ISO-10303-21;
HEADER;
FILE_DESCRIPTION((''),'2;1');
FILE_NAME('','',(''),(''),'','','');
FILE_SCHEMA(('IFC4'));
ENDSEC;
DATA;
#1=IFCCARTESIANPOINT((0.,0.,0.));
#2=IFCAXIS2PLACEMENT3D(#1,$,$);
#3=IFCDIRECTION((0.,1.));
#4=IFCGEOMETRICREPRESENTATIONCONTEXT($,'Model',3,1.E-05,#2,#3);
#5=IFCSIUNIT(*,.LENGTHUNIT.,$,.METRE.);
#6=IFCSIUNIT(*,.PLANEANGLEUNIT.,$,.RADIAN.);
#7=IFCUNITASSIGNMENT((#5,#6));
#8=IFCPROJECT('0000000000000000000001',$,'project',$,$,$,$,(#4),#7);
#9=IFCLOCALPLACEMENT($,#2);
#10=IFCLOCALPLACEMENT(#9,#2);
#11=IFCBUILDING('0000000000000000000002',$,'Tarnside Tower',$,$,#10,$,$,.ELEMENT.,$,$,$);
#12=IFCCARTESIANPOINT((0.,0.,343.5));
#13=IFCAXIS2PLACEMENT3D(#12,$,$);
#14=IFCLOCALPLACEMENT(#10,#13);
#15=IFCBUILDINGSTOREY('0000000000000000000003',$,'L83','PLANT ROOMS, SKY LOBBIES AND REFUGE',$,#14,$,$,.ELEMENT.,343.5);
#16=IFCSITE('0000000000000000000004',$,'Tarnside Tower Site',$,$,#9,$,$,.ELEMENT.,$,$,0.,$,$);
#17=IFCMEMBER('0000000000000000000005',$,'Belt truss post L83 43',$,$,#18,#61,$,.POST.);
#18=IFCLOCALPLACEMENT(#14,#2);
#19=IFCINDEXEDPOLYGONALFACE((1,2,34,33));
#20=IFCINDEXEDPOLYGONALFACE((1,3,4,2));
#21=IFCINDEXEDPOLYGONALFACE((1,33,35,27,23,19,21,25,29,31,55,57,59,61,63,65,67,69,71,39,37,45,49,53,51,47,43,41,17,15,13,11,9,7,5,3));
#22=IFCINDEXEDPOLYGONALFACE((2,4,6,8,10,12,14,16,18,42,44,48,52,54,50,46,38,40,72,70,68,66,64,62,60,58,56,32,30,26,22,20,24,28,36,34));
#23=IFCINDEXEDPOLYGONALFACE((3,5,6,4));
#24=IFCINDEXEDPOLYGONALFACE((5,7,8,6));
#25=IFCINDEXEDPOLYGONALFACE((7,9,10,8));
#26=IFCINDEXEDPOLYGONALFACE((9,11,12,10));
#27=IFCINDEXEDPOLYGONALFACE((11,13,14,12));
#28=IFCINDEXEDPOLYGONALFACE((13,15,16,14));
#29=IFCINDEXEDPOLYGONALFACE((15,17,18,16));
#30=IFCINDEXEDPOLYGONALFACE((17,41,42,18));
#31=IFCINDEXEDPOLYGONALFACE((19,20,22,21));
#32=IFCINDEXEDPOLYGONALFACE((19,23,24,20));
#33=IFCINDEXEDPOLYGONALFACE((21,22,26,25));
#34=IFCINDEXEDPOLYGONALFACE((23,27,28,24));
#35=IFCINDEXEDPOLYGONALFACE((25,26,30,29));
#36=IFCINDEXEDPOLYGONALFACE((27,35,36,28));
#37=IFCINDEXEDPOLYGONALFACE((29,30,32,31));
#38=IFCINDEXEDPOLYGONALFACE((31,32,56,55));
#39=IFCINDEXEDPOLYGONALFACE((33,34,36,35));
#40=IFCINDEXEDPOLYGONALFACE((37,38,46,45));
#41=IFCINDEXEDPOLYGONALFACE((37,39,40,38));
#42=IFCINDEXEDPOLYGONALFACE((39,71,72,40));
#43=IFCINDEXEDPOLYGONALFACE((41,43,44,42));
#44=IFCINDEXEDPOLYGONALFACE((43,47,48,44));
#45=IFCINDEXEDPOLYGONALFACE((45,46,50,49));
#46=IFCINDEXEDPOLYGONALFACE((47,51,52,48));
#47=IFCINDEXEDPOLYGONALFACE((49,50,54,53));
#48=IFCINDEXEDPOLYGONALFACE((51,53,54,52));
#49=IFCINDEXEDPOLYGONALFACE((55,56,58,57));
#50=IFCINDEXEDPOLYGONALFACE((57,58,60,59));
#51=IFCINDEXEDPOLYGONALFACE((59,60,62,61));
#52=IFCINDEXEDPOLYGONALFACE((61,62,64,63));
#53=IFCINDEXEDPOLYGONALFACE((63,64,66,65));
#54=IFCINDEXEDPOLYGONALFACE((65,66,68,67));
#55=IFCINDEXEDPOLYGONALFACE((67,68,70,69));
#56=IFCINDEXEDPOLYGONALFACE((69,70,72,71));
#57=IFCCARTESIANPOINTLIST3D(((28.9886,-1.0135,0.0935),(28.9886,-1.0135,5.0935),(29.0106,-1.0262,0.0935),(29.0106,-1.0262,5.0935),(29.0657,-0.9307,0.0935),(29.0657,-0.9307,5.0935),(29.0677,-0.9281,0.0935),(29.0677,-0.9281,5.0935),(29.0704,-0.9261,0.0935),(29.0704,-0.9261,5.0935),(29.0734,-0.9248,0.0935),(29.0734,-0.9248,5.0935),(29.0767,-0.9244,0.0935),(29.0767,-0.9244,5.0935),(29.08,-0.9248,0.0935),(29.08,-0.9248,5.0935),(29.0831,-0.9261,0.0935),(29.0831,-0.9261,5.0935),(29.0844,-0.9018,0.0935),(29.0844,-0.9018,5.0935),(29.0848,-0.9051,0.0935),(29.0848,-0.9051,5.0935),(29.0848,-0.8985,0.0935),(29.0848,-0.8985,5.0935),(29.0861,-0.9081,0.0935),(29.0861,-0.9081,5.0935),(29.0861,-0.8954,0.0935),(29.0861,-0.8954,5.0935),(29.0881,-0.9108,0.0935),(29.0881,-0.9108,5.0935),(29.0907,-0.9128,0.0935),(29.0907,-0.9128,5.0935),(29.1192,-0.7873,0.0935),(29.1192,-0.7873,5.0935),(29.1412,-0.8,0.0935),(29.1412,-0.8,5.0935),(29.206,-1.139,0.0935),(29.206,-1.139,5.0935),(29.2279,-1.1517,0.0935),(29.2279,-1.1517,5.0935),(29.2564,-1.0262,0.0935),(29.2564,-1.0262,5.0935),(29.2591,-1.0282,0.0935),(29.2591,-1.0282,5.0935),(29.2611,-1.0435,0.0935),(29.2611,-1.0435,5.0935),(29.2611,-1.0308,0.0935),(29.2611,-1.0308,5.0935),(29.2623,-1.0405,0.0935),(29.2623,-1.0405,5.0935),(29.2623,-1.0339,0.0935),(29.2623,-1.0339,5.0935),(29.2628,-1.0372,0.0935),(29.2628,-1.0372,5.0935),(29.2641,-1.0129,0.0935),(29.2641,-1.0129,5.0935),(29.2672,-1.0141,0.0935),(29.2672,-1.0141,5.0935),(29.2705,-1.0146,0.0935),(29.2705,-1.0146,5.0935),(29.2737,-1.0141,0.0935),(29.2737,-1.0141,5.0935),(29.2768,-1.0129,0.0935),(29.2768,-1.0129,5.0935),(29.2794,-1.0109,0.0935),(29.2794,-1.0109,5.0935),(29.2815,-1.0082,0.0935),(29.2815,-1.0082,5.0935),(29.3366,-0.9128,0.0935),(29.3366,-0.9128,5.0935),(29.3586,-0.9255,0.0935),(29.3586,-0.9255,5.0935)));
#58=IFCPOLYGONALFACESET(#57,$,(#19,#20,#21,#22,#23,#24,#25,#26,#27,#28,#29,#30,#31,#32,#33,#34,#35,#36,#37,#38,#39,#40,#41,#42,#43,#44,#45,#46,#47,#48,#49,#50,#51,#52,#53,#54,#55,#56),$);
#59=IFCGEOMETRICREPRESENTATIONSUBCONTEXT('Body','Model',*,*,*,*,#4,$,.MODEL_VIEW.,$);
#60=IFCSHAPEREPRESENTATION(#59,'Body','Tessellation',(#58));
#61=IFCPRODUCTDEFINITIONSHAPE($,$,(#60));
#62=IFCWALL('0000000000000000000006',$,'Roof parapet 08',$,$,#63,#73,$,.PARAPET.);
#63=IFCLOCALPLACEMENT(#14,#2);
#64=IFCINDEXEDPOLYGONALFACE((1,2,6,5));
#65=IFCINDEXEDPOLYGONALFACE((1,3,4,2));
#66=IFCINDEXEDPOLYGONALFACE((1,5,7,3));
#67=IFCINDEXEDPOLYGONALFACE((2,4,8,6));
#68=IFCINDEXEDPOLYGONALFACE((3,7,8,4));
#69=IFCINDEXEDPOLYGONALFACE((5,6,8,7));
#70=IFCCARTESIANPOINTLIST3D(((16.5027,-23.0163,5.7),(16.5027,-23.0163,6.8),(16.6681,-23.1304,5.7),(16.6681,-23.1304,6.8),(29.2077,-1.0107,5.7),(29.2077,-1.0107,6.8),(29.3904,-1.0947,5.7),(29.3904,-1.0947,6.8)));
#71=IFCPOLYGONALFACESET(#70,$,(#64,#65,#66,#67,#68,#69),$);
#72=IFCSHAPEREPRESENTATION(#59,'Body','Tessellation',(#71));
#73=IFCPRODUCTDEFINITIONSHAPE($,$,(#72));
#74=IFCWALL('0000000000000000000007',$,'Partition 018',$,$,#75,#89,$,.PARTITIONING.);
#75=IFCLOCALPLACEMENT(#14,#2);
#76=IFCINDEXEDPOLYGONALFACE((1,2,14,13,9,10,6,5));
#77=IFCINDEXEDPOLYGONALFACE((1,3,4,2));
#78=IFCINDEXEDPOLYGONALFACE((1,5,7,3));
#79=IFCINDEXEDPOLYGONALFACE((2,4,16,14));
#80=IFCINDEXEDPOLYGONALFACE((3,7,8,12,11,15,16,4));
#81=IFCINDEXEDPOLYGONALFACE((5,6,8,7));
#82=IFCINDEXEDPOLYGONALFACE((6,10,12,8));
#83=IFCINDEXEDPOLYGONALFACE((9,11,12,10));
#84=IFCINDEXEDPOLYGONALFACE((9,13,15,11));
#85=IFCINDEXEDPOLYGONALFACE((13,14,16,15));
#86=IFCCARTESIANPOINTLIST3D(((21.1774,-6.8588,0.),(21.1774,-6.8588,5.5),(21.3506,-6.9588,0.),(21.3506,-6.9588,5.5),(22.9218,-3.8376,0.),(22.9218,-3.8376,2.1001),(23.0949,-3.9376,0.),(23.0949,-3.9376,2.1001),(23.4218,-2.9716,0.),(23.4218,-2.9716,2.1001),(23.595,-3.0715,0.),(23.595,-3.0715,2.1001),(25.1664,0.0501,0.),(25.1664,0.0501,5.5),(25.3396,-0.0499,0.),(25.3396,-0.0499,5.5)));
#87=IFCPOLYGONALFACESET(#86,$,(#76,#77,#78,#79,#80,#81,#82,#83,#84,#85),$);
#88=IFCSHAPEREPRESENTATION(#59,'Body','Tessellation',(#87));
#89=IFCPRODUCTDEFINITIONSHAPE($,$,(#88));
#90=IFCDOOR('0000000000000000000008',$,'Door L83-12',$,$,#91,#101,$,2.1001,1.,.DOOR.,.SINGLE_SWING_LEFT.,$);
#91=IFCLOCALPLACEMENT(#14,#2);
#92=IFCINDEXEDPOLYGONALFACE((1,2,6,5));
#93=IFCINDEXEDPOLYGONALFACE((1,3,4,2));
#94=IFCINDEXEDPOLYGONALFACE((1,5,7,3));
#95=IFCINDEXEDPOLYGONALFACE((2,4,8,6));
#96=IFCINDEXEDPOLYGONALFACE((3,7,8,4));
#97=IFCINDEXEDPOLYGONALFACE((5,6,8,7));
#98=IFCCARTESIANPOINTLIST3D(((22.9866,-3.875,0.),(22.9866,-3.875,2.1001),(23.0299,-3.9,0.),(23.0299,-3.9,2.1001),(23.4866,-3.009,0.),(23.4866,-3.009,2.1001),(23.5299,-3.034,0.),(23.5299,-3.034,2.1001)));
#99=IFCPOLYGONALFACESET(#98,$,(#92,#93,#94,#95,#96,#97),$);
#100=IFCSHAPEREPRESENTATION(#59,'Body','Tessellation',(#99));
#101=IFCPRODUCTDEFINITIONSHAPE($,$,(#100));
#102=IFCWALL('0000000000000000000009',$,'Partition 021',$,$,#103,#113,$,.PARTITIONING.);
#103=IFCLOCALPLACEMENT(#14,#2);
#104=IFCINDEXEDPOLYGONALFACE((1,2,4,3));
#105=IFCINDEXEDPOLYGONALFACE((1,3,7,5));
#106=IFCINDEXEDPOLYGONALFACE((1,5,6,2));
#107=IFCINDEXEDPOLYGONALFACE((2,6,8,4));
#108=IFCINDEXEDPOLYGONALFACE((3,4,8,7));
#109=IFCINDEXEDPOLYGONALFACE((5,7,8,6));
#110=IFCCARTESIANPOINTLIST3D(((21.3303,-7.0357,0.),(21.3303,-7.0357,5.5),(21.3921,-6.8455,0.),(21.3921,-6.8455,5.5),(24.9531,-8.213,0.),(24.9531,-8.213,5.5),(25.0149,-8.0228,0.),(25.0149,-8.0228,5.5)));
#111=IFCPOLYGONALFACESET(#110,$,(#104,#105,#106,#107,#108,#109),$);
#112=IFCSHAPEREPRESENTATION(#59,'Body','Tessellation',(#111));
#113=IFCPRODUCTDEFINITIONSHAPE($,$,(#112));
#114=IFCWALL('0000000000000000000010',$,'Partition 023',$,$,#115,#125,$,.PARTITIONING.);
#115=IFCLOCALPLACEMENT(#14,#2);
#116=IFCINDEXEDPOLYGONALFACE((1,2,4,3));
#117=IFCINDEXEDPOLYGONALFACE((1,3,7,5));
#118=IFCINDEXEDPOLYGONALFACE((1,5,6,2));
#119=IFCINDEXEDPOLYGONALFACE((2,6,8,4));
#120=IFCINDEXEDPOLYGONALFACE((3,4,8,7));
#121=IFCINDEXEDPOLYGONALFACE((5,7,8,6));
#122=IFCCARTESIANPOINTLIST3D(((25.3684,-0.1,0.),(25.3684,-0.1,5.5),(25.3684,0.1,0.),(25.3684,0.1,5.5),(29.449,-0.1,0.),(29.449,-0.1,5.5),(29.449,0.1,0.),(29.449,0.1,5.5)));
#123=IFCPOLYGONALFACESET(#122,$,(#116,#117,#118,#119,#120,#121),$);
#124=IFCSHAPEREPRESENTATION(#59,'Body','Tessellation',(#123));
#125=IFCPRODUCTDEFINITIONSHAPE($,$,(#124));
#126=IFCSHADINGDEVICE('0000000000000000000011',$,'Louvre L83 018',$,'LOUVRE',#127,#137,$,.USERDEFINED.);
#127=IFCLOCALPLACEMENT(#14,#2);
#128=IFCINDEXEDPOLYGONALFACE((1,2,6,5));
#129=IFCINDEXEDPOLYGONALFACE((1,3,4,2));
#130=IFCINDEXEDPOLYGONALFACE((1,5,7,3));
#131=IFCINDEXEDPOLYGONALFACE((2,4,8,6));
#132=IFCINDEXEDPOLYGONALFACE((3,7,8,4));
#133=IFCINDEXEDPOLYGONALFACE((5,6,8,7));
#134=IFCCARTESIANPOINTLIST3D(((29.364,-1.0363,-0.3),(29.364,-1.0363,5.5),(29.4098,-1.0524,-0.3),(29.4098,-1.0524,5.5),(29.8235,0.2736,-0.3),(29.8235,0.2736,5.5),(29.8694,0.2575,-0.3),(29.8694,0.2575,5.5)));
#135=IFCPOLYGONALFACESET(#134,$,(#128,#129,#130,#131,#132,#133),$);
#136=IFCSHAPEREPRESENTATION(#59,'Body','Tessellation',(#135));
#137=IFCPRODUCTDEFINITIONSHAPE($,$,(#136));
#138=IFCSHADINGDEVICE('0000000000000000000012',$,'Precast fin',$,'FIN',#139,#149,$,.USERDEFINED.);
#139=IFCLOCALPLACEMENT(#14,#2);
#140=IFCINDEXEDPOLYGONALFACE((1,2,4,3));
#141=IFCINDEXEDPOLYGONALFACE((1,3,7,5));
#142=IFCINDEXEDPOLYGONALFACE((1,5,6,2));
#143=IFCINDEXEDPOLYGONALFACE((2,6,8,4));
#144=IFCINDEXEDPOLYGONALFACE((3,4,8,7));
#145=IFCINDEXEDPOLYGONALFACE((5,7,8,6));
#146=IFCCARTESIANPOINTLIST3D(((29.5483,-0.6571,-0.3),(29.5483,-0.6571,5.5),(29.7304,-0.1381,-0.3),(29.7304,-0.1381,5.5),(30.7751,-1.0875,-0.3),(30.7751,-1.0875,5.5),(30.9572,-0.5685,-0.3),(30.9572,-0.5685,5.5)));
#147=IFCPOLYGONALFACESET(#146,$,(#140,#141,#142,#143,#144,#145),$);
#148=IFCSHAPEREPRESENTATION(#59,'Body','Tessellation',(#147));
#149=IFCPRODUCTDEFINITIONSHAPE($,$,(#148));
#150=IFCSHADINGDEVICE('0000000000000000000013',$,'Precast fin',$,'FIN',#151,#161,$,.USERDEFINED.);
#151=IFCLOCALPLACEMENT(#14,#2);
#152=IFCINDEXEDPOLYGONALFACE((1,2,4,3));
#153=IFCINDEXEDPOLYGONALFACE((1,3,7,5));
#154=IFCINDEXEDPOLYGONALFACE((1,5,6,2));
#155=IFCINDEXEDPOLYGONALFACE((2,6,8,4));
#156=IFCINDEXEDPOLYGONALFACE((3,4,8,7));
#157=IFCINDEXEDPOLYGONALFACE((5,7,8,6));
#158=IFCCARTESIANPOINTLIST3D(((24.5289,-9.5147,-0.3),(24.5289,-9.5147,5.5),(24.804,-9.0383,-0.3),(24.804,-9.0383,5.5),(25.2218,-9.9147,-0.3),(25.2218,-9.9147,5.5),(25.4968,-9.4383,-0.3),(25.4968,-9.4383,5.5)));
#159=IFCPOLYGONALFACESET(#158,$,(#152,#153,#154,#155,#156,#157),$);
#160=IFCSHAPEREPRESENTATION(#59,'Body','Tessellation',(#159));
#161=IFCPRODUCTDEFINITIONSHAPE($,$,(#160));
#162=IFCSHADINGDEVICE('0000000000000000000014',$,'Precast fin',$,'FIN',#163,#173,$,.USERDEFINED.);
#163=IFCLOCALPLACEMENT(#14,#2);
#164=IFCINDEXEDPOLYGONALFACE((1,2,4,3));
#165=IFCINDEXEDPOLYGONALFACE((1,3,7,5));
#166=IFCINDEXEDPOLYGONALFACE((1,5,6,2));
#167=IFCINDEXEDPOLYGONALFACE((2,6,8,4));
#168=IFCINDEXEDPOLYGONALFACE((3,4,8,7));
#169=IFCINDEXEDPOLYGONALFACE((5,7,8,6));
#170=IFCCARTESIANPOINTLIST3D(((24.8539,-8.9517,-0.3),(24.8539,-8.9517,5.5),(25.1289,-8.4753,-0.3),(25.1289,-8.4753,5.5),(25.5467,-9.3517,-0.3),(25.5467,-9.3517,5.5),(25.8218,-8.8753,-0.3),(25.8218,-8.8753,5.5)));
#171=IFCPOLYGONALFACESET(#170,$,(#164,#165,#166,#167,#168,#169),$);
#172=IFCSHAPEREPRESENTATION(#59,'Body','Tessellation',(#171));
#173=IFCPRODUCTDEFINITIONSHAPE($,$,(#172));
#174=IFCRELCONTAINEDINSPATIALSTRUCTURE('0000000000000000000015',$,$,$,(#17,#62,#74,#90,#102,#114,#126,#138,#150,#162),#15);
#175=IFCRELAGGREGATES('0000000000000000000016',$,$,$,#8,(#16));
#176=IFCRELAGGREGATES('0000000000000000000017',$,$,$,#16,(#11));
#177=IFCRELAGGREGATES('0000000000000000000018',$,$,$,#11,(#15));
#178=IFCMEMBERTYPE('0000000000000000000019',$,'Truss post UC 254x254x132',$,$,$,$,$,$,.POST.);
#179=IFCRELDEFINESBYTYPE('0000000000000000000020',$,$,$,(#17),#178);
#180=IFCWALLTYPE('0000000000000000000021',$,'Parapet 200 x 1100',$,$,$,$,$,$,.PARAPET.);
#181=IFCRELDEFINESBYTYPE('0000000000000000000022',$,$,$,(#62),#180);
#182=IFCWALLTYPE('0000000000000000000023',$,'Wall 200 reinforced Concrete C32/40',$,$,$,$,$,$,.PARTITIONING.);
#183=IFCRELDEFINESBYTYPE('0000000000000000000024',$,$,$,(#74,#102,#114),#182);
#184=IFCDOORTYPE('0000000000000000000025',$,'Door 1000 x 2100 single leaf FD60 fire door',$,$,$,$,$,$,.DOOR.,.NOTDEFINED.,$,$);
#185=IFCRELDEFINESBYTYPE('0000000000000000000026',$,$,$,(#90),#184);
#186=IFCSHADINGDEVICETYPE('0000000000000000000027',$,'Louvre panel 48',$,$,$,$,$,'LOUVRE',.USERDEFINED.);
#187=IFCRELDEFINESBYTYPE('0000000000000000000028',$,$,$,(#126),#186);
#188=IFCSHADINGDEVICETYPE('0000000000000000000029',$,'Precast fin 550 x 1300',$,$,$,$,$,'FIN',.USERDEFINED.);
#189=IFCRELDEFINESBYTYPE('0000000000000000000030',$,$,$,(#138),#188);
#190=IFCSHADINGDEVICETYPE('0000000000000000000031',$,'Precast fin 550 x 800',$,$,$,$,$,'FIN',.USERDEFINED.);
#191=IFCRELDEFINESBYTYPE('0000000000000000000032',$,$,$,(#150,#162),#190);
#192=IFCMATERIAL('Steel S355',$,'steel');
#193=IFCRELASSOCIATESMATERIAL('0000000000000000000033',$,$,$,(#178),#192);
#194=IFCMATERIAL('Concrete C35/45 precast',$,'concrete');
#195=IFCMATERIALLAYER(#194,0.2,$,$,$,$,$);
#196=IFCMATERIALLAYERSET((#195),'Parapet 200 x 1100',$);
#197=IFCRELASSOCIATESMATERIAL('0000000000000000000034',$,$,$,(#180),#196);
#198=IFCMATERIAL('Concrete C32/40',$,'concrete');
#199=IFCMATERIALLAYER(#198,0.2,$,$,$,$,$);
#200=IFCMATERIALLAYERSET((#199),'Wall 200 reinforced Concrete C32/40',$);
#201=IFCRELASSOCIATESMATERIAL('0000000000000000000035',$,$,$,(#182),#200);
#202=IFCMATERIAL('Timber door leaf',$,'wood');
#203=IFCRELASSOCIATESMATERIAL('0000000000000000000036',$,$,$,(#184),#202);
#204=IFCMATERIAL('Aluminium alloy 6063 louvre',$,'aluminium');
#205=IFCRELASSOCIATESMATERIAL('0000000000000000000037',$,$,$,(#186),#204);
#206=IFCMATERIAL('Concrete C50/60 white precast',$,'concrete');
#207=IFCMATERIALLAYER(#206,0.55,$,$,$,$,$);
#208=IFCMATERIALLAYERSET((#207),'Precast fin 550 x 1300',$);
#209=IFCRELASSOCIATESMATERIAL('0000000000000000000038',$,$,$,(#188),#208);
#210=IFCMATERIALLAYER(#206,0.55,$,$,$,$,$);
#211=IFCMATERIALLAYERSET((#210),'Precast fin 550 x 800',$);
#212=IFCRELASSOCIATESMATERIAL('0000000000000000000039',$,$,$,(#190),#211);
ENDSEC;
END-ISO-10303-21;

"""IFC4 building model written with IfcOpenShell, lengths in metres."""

from ifc_helpers import new_model, si_unit, direction, frame, frame_2d, origin, origin_2d, place, context, subcontext, project, spatial, polyline, rectangle, i_section, outline, extrude, material, layer, layer_set, material_profile, profile_set, type_object, element, fill, save


model = new_model("IFC4")

# Units and contexts
model_context = context("Model", 3, precision=1e-05, world=origin(), true_north=direction((0.0, 1.0)))
body_context = subcontext(model_context, "Body", "Model", "MODEL_VIEW")
ifc_project = project(units=[si_unit("LENGTHUNIT", "METRE"), si_unit("PLANEANGLEUNIT", "RADIAN")], contexts=[model_context])

# Site, building, storey
site_placement = place(None, origin())
site = spatial("IfcSite", under=ifc_project, at=site_placement, Name="Tarnside Tower Site", CompositionType="ELEMENT", RefElevation=0.0)
building_placement = place(site_placement, origin())
building = spatial("IfcBuilding", under=site, at=building_placement, Name="Tarnside Tower", CompositionType="ELEMENT")
storey_placement = place(building_placement, frame((0.0, 0.0, 343.5)))
storey = spatial("IfcBuildingStorey", under=building, at=storey_placement, Name="L83", Description="PLANT ROOMS, SKY LOBBIES AND REFUGE", CompositionType="ELEMENT", Elevation=343.5)

# Shared definitions
ifc_material_1 = material(Name="Steel S355", Category="steel")

# Member
ifc_material_profile_1 = material_profile(ifc_material_1, i_section(OverallWidth=0.2612, OverallDepth=0.2764, WebThickness=0.0154, FlangeThickness=0.0254, FilletRadius=0.0127, at=origin_2d()), Name="UC 254x254x132")
ifc_profile_set_1 = profile_set([ifc_material_profile_1], Name="Steel S355")
member_type_1 = type_object("IfcMemberType", Name="Truss post UC 254x254x132", PredefinedType="POST", material=ifc_profile_set_1)
for number, where, z_axis, x_axis, name in (
    (1, (29.1736, -0.9695, 0.0935), (0.0, 0.0, 1.0), (0.5, 0.866025, 0.0), "Belt truss post L83 43"),
):
    element("IfcMember", number, at=place(storey_placement, frame(where, z_axis=z_axis, x_axis=x_axis)), inside=storey, type_object=member_type_1, Name=name, PredefinedType="POST", context=body_context, shape_type="SweptSolid", body=[
        extrude(i_section(OverallWidth=0.2612, OverallDepth=0.2764, WebThickness=0.0154, FlangeThickness=0.0254, FilletRadius=0.0127, at=origin_2d()), origin(), (0.0, 0.0, 1.0), 5.0),
    ])

# Wall
ifc_material_2 = material(Name="Concrete C35/45 precast", Category="concrete")
ifc_layer_1 = layer(ifc_material_2, 0.2)
ifc_layer_set_1 = layer_set([ifc_layer_1], Name="Parapet 200 x 1100")
wall_type_1 = type_object("IfcWallType", Name="Parapet 200 x 1100", PredefinedType="PARAPET", material=ifc_layer_set_1)
wall_1_placement = place(storey_placement, frame((29.2991, -1.0527, 5.7), z_axis=(0.0, 0.0, 1.0), x_axis=(-0.500002, -0.866024, 0.0)))
element("IfcWall", 2, at=wall_1_placement, inside=storey, type_object=wall_type_1, Name="Roof parapet 08", PredefinedType="PARAPET", context=body_context, shape_type="SweptSolid", body=[
    extrude(outline(polyline([(0.0093, -0.1001), (25.4192, -0.1001), (25.4353, 0.1001), (-0.0093, 0.1001), (0.0093, -0.1001)])), origin(), (0.0, 0.0, 1.0), 1.1001),
])

# Wall, opening, door
ifc_material_3 = material(Name="Concrete C32/40", Category="concrete")
ifc_layer_2 = layer(ifc_material_3, 0.2)
ifc_layer_set_2 = layer_set([ifc_layer_2], Name="Wall 200 reinforced Concrete C32/40")
wall_type_2 = type_object("IfcWallType", Name="Wall 200 reinforced Concrete C32/40", PredefinedType="PARTITIONING", material=ifc_layer_set_2)
wall_2_placement = place(storey_placement, frame((25.2529, 0.0, 0.0), z_axis=(0.0, 0.0, 1.0), x_axis=(-0.500013, -0.866018, 0.0)))
wall_2 = element("IfcWall", 3, at=wall_2_placement, inside=storey, type_object=wall_type_2, Name="Partition 018", PredefinedType="PARTITIONING", context=body_context, shape_type="SweptSolid", body=[
    extrude(rectangle(XDim=7.9778, YDim=0.2, at=frame_2d((3.9888, 0.0))), origin(), (0.0, 0.0, 1.0), 5.5),
])
opening_placement = place(wall_2_placement, frame((3.489, 0.0, 0.0)))
opening = element("IfcOpeningElement", 4, at=opening_placement, cuts=wall_2, PredefinedType="OPENING", context=body_context, shape_type="SweptSolid", body=[
    extrude(rectangle(XDim=1.0, YDim=2.1001, at=frame_2d((0.5, 1.05))), frame((0.0, 0.1099, 0.0), z_axis=(0.0, -1.0, 0.0), x_axis=(1.0, 0.0, 0.0)), (0.0, 0.0, 1.0), 0.22),
])
ifc_material_4 = material(Name="Timber door leaf", Category="wood")
door_type = type_object("IfcDoorType", Name="Door 1000 x 2100 single leaf FD60 fire door", OperationType="NOTDEFINED", PredefinedType="DOOR", material=ifc_material_4)
door_placement = place(opening_placement, origin())
door = element("IfcDoor", 5, at=door_placement, inside=storey, type_object=door_type, Name="Door L83-12", OperationType="SINGLE_SWING_LEFT", OverallHeight=2.1001, OverallWidth=1.0, PredefinedType="DOOR", context=body_context, shape_type="SweptSolid", body=[
    extrude(rectangle(XDim=1.0, YDim=2.1001, at=frame_2d((0.5, 1.05))), frame((0.0, 0.0249, 0.0), z_axis=(0.0, -1.0, 0.0), x_axis=(1.0, 0.0, 0.0)), (0.0, 0.0, 1.0), 0.05),
])
fill(opening, door)

# Walls
wall_3_placement = place(storey_placement, frame((24.9841, -8.1179, 0.0), z_axis=(0.0, 0.0, 1.0), x_axis=(-0.951047, 0.309047, 0.0)))
element("IfcWall", 6, at=wall_3_placement, inside=storey, type_object=wall_type_2, Name="Partition 021", PredefinedType="PARTITIONING", context=body_context, shape_type="SweptSolid", body=[
    extrude(rectangle(XDim=3.8093, YDim=0.2, at=frame_2d((1.9048, 0.0))), origin(), (0.0, 0.0, 1.0), 5.5),
])
wall_4_placement = place(storey_placement, frame((29.449, 0.0, 0.0), z_axis=(0.0, 0.0, 1.0), x_axis=(-1.0, 0.0, 0.0)))
element("IfcWall", 7, at=wall_4_placement, inside=storey, type_object=wall_type_2, Name="Partition 023", PredefinedType="PARTITIONING", context=body_context, shape_type="SweptSolid", body=[
    extrude(rectangle(XDim=4.0806, YDim=0.2, at=frame_2d((2.0403, 0.0))), origin(), (0.0, 0.0, 1.0), 5.5),
])

# Shading devices
ifc_material_5 = material(Name="Aluminium alloy 6063 louvre", Category="aluminium")
shading_device_type_1 = type_object("IfcShadingDeviceType", Name="Louvre panel 48", ElementType="LOUVRE", PredefinedType="USERDEFINED", material=ifc_material_5)
shading_device_1_placement = place(storey_placement, frame((29.5938, -0.3813, -0.3), z_axis=(-0.331079, -0.943603, 0.0), x_axis=(0.943603, -0.331079, 0.0)))
element("IfcShadingDevice", 8, at=shading_device_1_placement, inside=storey, type_object=shading_device_type_1, Name="Louvre L83 018", ObjectType="LOUVRE", PredefinedType="USERDEFINED", context=body_context, shape_type="SweptSolid", body=[
    extrude(outline(polyline([(0.0, 0.0), (0.0486, 0.0), (0.0486, 5.8), (0.0, 5.8), (0.0, 0.0)])), frame((0.0, 0.0, -0.6941)), (0.0, 0.0, 1.0), 1.3882),
])
ifc_material_6 = material(Name="Concrete C50/60 white precast", Category="concrete")
ifc_layer_3 = layer(ifc_material_6, 0.55)
ifc_layer_set_3 = layer_set([ifc_layer_3], Name="Precast fin 550 x 1300")
shading_device_type_2 = type_object("IfcShadingDeviceType", Name="Precast fin 550 x 1300", ElementType="FIN", PredefinedType="USERDEFINED", material=ifc_layer_set_3)
shading_device_2_placement = place(storey_placement, frame((29.6394, -0.3975, -0.3), z_axis=(-0.331063, -0.943609, 0.0), x_axis=(0.943609, -0.331063, 0.0)))
element("IfcShadingDevice", 9, at=shading_device_2_placement, inside=storey, type_object=shading_device_type_2, Name="Precast fin", ObjectType="FIN", PredefinedType="USERDEFINED", context=body_context, shape_type="SweptSolid", body=[
    extrude(outline(polyline([(0.0, 0.0), (1.3, 0.0), (1.3, 5.8), (0.0, 5.8), (0.0, 0.0)])), frame((0.0, 0.0, -0.2749)), (0.0, 0.0, 1.0), 0.55),
])
ifc_layer_4 = layer(ifc_material_6, 0.55)
ifc_layer_set_4 = layer_set([ifc_layer_4], Name="Precast fin 550 x 800")
shading_device_type_3 = type_object("IfcShadingDeviceType", Name="Precast fin 550 x 800", ElementType="FIN", PredefinedType="USERDEFINED", material=ifc_layer_set_4)
for number, where, z_axis, x_axis, name in (
    (10, (24.6665, -9.2764, -0.3), (-0.5, -0.866025, 0.0), (0.866025, -0.5, 0.0), "Precast fin"),
    (11, (24.9915, -8.7134, -0.3), (-0.5, -0.866025, 0.0), (0.866025, -0.5, 0.0), "Precast fin"),
):
    element("IfcShadingDevice", number, at=place(storey_placement, frame(where, z_axis=z_axis, x_axis=x_axis)), inside=storey, type_object=shading_device_type_3, Name=name, ObjectType="FIN", PredefinedType="USERDEFINED", context=body_context, shape_type="SweptSolid", body=[
        extrude(outline(polyline([(0.0, 0.0), (0.8, 0.0), (0.8, 5.8), (0.0, 5.8), (0.0, 0.0)])), frame((0.0, 0.0, -0.2749)), (0.0, 0.0, 1.0), 0.55),
    ])

save(model, "model.ifc")
